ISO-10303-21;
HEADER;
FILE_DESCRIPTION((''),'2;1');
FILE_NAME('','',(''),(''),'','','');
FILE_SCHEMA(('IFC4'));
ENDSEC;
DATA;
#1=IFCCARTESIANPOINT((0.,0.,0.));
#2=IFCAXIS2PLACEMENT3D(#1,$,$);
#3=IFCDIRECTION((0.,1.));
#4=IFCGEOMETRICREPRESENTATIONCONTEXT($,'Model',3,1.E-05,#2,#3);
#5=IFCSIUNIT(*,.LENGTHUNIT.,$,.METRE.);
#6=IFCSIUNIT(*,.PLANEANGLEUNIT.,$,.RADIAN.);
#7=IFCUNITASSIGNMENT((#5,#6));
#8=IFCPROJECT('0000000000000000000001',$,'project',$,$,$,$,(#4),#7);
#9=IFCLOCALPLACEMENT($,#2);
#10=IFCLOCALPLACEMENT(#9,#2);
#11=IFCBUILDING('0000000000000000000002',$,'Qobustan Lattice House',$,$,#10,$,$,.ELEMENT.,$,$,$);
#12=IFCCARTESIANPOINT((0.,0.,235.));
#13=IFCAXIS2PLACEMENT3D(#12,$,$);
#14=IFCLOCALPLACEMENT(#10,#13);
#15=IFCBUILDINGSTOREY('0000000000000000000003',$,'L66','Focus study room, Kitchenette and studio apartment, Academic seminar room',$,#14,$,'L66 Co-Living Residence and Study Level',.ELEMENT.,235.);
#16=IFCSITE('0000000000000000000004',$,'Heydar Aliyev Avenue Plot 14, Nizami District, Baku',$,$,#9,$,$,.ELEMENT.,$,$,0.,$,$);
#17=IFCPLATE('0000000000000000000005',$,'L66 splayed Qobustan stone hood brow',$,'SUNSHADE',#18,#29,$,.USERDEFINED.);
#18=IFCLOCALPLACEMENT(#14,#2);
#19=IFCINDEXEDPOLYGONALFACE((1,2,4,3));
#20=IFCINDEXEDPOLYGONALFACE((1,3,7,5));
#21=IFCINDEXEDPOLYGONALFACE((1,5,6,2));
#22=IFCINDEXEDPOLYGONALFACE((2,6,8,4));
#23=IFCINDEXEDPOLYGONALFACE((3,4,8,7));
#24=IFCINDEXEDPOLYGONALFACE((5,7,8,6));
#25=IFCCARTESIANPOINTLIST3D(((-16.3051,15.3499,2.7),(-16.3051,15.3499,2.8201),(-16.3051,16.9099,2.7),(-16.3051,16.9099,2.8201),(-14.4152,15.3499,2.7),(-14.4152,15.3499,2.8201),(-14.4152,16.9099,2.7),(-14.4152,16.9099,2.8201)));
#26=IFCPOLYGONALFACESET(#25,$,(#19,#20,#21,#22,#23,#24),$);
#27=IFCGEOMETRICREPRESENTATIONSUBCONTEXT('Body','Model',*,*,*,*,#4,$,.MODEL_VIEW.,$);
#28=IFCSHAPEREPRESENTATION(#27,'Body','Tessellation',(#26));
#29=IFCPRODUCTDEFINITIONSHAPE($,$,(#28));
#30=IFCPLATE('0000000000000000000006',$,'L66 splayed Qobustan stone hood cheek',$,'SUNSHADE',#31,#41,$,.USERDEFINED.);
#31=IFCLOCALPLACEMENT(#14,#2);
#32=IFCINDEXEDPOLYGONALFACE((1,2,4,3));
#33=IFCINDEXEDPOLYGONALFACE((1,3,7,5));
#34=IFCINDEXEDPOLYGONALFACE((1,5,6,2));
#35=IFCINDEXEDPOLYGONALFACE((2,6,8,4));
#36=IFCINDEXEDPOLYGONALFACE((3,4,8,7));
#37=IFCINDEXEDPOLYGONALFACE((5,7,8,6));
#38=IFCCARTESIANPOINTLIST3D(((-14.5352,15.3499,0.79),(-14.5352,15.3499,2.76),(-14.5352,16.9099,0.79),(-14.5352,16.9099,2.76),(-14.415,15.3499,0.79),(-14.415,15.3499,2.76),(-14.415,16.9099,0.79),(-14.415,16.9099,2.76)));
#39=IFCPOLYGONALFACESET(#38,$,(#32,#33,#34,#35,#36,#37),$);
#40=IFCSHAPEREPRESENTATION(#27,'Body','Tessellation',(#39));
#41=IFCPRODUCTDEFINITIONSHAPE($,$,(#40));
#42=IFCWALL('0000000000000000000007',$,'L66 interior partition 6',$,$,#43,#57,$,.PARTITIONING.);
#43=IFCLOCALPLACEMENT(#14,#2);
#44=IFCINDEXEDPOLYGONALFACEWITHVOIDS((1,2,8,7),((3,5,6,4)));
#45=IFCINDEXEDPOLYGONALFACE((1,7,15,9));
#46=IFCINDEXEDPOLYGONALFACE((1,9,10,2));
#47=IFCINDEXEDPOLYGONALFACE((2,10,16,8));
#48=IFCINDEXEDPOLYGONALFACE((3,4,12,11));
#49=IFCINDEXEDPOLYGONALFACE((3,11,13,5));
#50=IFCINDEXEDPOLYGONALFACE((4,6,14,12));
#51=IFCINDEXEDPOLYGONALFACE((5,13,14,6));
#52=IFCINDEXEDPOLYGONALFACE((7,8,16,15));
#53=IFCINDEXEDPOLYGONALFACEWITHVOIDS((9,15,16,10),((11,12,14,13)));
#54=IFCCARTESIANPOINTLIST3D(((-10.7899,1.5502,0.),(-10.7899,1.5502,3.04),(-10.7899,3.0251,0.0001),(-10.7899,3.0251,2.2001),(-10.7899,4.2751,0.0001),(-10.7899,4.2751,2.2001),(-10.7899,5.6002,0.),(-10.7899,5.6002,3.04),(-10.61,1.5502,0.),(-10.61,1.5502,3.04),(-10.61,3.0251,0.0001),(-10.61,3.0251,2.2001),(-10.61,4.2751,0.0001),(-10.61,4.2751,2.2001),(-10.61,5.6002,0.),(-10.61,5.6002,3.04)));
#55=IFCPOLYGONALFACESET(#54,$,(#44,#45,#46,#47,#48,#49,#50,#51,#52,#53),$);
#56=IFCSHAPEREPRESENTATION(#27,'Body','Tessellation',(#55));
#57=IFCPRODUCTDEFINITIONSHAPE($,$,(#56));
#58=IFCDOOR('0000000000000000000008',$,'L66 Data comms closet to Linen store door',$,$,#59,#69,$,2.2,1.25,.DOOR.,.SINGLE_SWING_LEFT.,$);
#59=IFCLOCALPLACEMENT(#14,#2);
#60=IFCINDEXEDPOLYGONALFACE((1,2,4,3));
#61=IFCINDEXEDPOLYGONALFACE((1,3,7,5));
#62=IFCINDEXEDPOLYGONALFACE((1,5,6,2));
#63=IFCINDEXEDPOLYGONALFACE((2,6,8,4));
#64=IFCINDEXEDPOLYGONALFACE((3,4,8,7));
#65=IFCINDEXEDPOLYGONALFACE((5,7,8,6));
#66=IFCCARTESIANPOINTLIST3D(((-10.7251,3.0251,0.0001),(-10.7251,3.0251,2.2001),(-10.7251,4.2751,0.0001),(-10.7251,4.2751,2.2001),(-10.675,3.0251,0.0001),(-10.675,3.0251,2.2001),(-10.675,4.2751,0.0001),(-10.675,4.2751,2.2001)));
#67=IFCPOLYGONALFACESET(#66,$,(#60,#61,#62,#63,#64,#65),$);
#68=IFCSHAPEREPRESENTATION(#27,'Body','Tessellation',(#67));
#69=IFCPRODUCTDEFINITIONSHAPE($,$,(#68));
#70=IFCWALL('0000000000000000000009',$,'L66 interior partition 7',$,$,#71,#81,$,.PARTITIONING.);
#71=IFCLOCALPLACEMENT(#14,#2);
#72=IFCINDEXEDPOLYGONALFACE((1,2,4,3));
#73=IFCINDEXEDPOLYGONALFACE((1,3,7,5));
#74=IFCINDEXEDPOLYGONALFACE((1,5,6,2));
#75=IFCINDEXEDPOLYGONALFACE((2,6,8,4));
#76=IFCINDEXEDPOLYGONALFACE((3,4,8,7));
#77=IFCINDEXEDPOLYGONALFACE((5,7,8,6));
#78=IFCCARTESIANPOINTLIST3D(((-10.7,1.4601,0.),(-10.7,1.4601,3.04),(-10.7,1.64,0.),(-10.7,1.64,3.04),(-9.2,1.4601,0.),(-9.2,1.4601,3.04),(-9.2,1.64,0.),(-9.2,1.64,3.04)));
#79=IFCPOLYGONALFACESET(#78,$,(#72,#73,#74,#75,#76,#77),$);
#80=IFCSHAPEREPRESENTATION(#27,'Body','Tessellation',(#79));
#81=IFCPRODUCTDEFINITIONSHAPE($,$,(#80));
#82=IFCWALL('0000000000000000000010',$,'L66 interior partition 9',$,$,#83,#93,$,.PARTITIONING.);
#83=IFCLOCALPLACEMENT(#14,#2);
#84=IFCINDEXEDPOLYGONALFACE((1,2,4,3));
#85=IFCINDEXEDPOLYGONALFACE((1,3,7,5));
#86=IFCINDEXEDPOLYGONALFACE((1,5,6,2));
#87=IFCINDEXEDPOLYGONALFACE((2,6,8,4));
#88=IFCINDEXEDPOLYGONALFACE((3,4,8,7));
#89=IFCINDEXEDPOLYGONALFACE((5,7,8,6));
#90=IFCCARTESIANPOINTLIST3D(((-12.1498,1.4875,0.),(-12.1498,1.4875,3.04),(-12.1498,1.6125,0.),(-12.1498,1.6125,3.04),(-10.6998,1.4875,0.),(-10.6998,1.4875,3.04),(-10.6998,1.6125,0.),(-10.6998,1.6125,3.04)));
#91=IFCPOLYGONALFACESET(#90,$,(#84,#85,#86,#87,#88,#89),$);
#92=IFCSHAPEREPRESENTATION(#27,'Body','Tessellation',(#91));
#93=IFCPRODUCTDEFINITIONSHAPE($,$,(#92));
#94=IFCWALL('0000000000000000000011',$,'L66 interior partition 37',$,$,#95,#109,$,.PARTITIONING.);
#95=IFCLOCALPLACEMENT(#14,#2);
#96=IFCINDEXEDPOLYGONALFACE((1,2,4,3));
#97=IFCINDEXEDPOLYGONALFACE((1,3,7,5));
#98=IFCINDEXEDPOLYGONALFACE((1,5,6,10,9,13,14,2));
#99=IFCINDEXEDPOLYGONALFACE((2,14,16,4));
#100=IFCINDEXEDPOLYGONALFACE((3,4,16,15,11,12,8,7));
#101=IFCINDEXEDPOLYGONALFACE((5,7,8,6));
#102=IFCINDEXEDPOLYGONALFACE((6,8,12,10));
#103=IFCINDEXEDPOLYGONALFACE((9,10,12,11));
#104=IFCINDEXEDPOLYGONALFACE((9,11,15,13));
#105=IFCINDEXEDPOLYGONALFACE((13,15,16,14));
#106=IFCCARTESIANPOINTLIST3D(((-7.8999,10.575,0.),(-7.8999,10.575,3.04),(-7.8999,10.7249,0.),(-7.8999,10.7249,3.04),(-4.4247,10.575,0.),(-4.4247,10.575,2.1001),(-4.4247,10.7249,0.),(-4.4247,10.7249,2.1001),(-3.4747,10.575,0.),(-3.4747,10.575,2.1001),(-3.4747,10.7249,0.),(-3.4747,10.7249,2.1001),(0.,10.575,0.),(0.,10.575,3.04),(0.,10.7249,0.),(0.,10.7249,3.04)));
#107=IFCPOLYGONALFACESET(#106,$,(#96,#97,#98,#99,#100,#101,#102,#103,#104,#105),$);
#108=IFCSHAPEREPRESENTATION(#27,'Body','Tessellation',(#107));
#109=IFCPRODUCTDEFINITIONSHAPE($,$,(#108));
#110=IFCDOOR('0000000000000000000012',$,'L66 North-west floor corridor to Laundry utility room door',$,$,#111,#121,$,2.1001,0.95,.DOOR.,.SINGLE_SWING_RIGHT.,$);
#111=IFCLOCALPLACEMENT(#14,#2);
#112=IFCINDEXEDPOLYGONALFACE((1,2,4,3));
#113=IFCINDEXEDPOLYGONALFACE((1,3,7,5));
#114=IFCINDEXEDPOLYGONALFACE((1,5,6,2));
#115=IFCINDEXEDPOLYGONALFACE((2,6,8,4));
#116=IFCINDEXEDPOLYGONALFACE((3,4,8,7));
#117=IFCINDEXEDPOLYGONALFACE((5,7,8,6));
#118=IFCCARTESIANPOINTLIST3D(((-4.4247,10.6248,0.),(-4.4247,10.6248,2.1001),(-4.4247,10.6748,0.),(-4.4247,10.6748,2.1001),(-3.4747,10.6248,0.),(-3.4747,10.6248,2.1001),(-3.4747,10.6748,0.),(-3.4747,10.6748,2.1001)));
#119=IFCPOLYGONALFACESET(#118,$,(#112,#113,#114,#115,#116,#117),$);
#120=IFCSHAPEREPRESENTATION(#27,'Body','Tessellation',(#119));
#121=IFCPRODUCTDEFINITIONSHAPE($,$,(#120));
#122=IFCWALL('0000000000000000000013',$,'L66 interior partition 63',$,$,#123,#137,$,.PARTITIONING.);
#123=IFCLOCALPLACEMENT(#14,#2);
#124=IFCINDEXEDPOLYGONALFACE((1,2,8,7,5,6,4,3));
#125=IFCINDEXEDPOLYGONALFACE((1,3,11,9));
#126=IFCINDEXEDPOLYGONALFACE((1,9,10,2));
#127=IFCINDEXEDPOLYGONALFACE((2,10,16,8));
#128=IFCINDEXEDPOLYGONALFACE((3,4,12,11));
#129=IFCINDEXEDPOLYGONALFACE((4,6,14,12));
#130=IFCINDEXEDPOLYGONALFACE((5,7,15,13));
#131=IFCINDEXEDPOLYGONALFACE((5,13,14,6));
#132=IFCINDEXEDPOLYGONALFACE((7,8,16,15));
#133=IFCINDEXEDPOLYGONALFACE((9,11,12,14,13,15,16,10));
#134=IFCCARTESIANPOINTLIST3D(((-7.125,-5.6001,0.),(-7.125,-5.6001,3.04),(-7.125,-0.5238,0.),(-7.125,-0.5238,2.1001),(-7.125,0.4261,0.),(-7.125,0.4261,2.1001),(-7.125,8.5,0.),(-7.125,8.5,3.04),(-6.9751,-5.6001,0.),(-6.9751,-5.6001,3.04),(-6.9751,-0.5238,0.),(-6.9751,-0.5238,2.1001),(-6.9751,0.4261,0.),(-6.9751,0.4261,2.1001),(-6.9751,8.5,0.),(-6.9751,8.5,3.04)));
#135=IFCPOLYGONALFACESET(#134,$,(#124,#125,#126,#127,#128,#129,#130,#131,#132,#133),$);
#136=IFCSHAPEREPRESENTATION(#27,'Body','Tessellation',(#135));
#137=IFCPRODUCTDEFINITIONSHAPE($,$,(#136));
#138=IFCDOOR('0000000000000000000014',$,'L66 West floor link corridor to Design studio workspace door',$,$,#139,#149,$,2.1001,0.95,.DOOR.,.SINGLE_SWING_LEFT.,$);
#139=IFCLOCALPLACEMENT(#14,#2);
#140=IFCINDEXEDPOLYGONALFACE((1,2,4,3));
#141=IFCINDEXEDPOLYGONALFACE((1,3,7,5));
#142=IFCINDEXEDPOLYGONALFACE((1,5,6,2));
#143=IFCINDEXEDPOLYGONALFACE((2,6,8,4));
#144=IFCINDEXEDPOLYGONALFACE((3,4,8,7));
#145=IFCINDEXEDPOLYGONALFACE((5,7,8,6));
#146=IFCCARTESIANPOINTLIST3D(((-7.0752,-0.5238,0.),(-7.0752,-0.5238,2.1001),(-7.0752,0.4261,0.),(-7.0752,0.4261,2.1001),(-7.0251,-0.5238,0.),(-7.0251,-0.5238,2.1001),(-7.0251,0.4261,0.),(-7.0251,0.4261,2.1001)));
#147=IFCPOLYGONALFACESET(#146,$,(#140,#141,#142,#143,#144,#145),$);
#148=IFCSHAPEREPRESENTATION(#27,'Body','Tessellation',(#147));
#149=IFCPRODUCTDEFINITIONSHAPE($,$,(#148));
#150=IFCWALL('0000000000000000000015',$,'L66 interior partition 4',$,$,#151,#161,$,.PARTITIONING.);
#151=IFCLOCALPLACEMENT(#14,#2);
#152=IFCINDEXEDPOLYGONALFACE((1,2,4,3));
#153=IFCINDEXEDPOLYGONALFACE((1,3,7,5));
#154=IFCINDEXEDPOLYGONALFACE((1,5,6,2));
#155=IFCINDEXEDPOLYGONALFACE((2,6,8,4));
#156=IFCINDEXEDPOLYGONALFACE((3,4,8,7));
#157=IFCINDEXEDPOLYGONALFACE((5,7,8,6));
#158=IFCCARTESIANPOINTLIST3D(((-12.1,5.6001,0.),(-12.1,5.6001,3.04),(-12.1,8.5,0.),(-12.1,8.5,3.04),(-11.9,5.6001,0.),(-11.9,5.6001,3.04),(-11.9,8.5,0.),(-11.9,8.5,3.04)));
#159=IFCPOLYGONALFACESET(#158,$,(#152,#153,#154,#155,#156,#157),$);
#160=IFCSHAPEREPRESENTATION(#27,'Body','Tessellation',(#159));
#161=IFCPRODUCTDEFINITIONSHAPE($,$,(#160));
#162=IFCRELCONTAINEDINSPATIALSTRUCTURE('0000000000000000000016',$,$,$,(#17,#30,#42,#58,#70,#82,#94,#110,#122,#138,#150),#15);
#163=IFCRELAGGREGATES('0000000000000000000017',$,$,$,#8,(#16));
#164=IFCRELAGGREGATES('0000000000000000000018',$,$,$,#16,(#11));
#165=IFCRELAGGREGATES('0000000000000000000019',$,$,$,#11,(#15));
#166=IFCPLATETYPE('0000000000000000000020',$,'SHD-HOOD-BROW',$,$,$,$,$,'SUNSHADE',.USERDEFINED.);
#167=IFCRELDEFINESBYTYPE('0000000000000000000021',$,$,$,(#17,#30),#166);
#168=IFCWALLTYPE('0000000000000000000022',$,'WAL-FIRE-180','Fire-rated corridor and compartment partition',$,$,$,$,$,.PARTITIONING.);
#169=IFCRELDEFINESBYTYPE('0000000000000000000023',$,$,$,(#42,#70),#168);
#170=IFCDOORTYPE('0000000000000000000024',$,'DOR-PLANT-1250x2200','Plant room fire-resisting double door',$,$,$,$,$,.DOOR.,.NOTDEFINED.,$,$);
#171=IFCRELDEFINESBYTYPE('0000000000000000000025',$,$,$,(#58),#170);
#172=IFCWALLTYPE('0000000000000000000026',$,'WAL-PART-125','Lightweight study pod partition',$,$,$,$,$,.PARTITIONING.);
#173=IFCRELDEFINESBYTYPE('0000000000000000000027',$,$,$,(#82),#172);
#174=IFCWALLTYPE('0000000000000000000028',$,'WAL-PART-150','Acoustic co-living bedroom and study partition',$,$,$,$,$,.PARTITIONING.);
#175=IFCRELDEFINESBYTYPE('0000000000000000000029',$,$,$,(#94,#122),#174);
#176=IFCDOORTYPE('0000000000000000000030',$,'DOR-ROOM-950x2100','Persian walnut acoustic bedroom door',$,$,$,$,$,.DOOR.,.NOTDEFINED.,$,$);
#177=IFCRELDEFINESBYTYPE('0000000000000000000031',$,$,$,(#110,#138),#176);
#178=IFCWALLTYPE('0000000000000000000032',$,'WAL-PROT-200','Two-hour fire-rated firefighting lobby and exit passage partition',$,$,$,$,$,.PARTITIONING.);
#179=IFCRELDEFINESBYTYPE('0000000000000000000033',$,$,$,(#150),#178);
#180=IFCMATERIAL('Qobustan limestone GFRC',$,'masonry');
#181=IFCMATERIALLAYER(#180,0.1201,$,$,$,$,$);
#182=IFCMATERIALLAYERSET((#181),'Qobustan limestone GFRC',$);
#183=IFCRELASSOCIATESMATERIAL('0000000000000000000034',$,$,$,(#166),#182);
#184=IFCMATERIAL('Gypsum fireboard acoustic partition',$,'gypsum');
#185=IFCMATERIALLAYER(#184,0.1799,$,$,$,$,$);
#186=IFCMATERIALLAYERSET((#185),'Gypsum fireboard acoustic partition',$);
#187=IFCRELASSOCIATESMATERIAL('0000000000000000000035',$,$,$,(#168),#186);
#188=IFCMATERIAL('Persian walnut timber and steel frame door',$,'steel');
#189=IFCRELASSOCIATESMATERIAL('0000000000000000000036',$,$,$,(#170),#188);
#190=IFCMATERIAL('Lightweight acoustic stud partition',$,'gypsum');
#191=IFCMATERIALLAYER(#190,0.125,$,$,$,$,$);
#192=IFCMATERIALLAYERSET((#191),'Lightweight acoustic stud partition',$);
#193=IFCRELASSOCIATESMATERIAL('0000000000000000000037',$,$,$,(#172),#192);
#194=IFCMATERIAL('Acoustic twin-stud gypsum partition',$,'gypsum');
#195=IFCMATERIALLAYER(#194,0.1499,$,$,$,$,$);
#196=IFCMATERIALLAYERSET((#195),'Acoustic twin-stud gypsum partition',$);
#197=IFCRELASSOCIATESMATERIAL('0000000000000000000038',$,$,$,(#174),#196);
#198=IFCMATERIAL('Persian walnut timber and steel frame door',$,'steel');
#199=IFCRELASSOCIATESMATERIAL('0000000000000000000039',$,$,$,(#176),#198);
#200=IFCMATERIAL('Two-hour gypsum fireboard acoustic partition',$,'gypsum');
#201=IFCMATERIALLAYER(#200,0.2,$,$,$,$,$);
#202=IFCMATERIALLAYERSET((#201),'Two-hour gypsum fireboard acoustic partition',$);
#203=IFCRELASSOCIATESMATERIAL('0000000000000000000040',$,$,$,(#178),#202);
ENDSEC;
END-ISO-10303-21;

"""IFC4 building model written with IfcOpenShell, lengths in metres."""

from ifc_helpers import new_model, si_unit, direction, frame, frame_2d, origin, origin_2d, place, context, subcontext, project, spatial, rectangle, extrude, material, layer, layer_set, type_object, element, fill, save


model = new_model("IFC4")

# Units and contexts
model_context = context("Model", 3, precision=1e-05, world=origin(), true_north=direction((0.0, 1.0)))
body_context = subcontext(model_context, "Body", "Model", "MODEL_VIEW")
ifc_project = project(units=[si_unit("LENGTHUNIT", "METRE"), si_unit("PLANEANGLEUNIT", "RADIAN")], contexts=[model_context])

# Site, building, storey
site_placement = place(None, origin())
site = spatial("IfcSite", under=ifc_project, at=site_placement, Name="Heydar Aliyev Avenue Plot 14, Nizami District, Baku", CompositionType="ELEMENT", RefElevation=0.0)
building_placement = place(site_placement, origin())
building = spatial("IfcBuilding", under=site, at=building_placement, Name="Qobustan Lattice House", CompositionType="ELEMENT")
storey_placement = place(building_placement, frame((0.0, 0.0, 235.0)))
storey = spatial("IfcBuildingStorey", under=building, at=storey_placement, Name="L66", Description="Focus study room, Kitchenette and studio apartment, Academic seminar room", LongName="L66 Co-Living Residence and Study Level", CompositionType="ELEMENT", Elevation=235.0)

# Plates
ifc_material_1 = material(Name="Qobustan limestone GFRC", Category="masonry")
ifc_layer_1 = layer(ifc_material_1, 0.1201)
ifc_layer_set_1 = layer_set([ifc_layer_1], Name="Qobustan limestone GFRC")
plate_type = type_object("IfcPlateType", Name="SHD-HOOD-BROW", ElementType="SUNSHADE", PredefinedType="USERDEFINED", material=ifc_layer_set_1)
plate_1_placement = place(storey_placement, frame((-15.3601, 16.1299, 2.7), z_axis=(0.0, 0.0, 1.0), x_axis=(1.0, 0.0, 0.0)))
element("IfcPlate", 1, at=plate_1_placement, inside=storey, type_object=plate_type, Name="L66 splayed Qobustan stone hood brow", ObjectType="SUNSHADE", PredefinedType="USERDEFINED", context=body_context, shape_type="SweptSolid", body=[
    extrude(rectangle(XDim=1.8899, YDim=1.5601, at=origin_2d()), origin(), (0.0, 0.0, 1.0), 0.1201),
])
plate_2_placement = place(storey_placement, frame((-14.4751, 16.1299, 0.79), z_axis=(0.0, 0.0, 1.0), x_axis=(1.0, 0.0, 0.0)))
element("IfcPlate", 2, at=plate_2_placement, inside=storey, type_object=plate_type, Name="L66 splayed Qobustan stone hood cheek", ObjectType="SUNSHADE", PredefinedType="USERDEFINED", context=body_context, shape_type="SweptSolid", body=[
    extrude(rectangle(XDim=0.1201, YDim=1.5601, at=origin_2d()), origin(), (0.0, 0.0, 1.0), 1.97),
])

# Wall, opening, door
ifc_material_2 = material(Name="Gypsum fireboard acoustic partition", Category="gypsum")
ifc_layer_2 = layer(ifc_material_2, 0.1799)
ifc_layer_set_2 = layer_set([ifc_layer_2], Name="Gypsum fireboard acoustic partition")
wall_type_1 = type_object("IfcWallType", Name="WAL-FIRE-180", Description="Fire-rated corridor and compartment partition", PredefinedType="PARTITIONING", material=ifc_layer_set_2)
wall_1_placement = place(storey_placement, frame((-10.7, 5.6001, 0.0), z_axis=(0.0, 0.0, 1.0), x_axis=(0.0, -1.0, 0.0)))
wall_1 = element("IfcWall", 3, at=wall_1_placement, inside=storey, type_object=wall_type_1, Name="L66 interior partition 6", PredefinedType="PARTITIONING", context=body_context, shape_type="SweptSolid", body=[
    extrude(rectangle(XDim=4.05, YDim=0.1799, at=frame_2d((2.0249, 0.0))), origin(), (0.0, 0.0, 1.0), 3.04),
])
opening_1_placement = place(wall_1_placement, frame((1.325, 0.0, 0.0)))
opening_1 = element("IfcOpeningElement", 4, at=opening_1_placement, cuts=wall_1, PredefinedType="OPENING", context=body_context, shape_type="SweptSolid", body=[
    extrude(rectangle(XDim=1.25, YDim=2.2, at=frame_2d((0.625, 1.1001))), frame((0.0, 0.0999, 0.0), z_axis=(0.0, -1.0, 0.0), x_axis=(1.0, 0.0, 0.0)), (0.0, 0.0, 1.0), 0.2),
])
ifc_material_3 = material(Name="Persian walnut timber and steel frame door", Category="steel")
door_type_1 = type_object("IfcDoorType", Name="DOR-PLANT-1250x2200", Description="Plant room fire-resisting double door", OperationType="NOTDEFINED", PredefinedType="DOOR", material=ifc_material_3)
door_1_placement = place(opening_1_placement, origin())
door_1 = element("IfcDoor", 5, at=door_1_placement, inside=storey, type_object=door_type_1, Name="L66 Data comms closet to Linen store door", OperationType="SINGLE_SWING_LEFT", OverallHeight=2.2, OverallWidth=1.25, PredefinedType="DOOR", context=body_context, shape_type="SweptSolid", body=[
    extrude(rectangle(XDim=1.25, YDim=2.2, at=frame_2d((0.625, 1.1001))), frame((0.0, 0.0249, 0.0), z_axis=(0.0, -1.0, 0.0), x_axis=(1.0, 0.0, 0.0)), (0.0, 0.0, 1.0), 0.05),
])
fill(opening_1, door_1)

# Walls
wall_2_placement = place(storey_placement, frame((-10.7, 1.55, 0.0), z_axis=(0.0, 0.0, 1.0), x_axis=(1.0, 0.0, 0.0)))
element("IfcWall", 6, at=wall_2_placement, inside=storey, type_object=wall_type_1, Name="L66 interior partition 7", PredefinedType="PARTITIONING", context=body_context, shape_type="SweptSolid", body=[
    extrude(rectangle(XDim=1.5, YDim=0.1799, at=frame_2d((0.75, 0.0))), origin(), (0.0, 0.0, 1.0), 3.04),
])
ifc_material_4 = material(Name="Lightweight acoustic stud partition", Category="gypsum")
ifc_layer_3 = layer(ifc_material_4, 0.125)
ifc_layer_set_3 = layer_set([ifc_layer_3], Name="Lightweight acoustic stud partition")
wall_type_2 = type_object("IfcWallType", Name="WAL-PART-125", Description="Lightweight study pod partition", PredefinedType="PARTITIONING", material=ifc_layer_set_3)
wall_3_placement = place(storey_placement, frame((-12.1499, 1.55, 0.0), z_axis=(0.0, 0.0, 1.0), x_axis=(1.0, 0.0, 0.0)))
element("IfcWall", 7, at=wall_3_placement, inside=storey, type_object=wall_type_2, Name="L66 interior partition 9", PredefinedType="PARTITIONING", context=body_context, shape_type="SweptSolid", body=[
    extrude(rectangle(XDim=1.45, YDim=0.125, at=frame_2d((0.7251, 0.0))), origin(), (0.0, 0.0, 1.0), 3.04),
])

# Walls, openings, doors
ifc_material_5 = material(Name="Acoustic twin-stud gypsum partition", Category="gypsum")
ifc_layer_4 = layer(ifc_material_5, 0.1499)
ifc_layer_set_4 = layer_set([ifc_layer_4], Name="Acoustic twin-stud gypsum partition")
wall_type_3 = type_object("IfcWallType", Name="WAL-PART-150", Description="Acoustic co-living bedroom and study partition", PredefinedType="PARTITIONING", material=ifc_layer_set_4)
wall_4_placement = place(storey_placement, frame((-7.8999, 10.6499, 0.0), z_axis=(0.0, 0.0, 1.0), x_axis=(1.0, 0.0, 0.0)))
wall_4 = element("IfcWall", 8, at=wall_4_placement, inside=storey, type_object=wall_type_3, Name="L66 interior partition 37", PredefinedType="PARTITIONING", context=body_context, shape_type="SweptSolid", body=[
    extrude(rectangle(XDim=7.8999, YDim=0.1499, at=frame_2d((3.95, 0.0))), origin(), (0.0, 0.0, 1.0), 3.04),
])
opening_2_placement = place(wall_4_placement, frame((3.4751, 0.0, 0.0)))
opening_2 = element("IfcOpeningElement", 9, at=opening_2_placement, cuts=wall_4, PredefinedType="OPENING", context=body_context, shape_type="SweptSolid", body=[
    extrude(rectangle(XDim=0.95, YDim=2.1001, at=frame_2d((0.4751, 1.05))), frame((0.0, 0.085, 0.0), z_axis=(0.0, -1.0, 0.0), x_axis=(1.0, 0.0, 0.0)), (0.0, 0.0, 1.0), 0.1699),
])
ifc_material_6 = material(Name="Persian walnut timber and steel frame door", Category="steel")
door_type_2 = type_object("IfcDoorType", Name="DOR-ROOM-950x2100", Description="Persian walnut acoustic bedroom door", OperationType="NOTDEFINED", PredefinedType="DOOR", material=ifc_material_6)
door_2_placement = place(opening_2_placement, origin())
door_2 = element("IfcDoor", 10, at=door_2_placement, inside=storey, type_object=door_type_2, Name="L66 North-west floor corridor to Laundry utility room door", OperationType="SINGLE_SWING_RIGHT", OverallHeight=2.1001, OverallWidth=0.95, PredefinedType="DOOR", context=body_context, shape_type="SweptSolid", body=[
    extrude(rectangle(XDim=0.95, YDim=2.1001, at=frame_2d((0.4751, 1.05))), frame((0.0, 0.0249, 0.0), z_axis=(0.0, -1.0, 0.0), x_axis=(1.0, 0.0, 0.0)), (0.0, 0.0, 1.0), 0.05),
])
fill(opening_2, door_2)
wall_5_placement = place(storey_placement, frame((-7.05, 8.5, 0.0), z_axis=(0.0, 0.0, 1.0), x_axis=(0.0, -1.0, 0.0)))
wall_5 = element("IfcWall", 11, at=wall_5_placement, inside=storey, type_object=wall_type_3, Name="L66 interior partition 63", PredefinedType="PARTITIONING", context=body_context, shape_type="SweptSolid", body=[
    extrude(rectangle(XDim=14.1001, YDim=0.1499, at=frame_2d((7.05, 0.0))), origin(), (0.0, 0.0, 1.0), 3.04),
])
opening_3_placement = place(wall_5_placement, frame((8.0737, 0.0, 0.0)))
opening_3 = element("IfcOpeningElement", 12, at=opening_3_placement, cuts=wall_5, PredefinedType="OPENING", context=body_context, shape_type="SweptSolid", body=[
    extrude(rectangle(XDim=0.95, YDim=2.1001, at=frame_2d((0.4751, 1.05))), frame((0.0, 0.085, 0.0), z_axis=(0.0, -1.0, 0.0), x_axis=(1.0, 0.0, 0.0)), (0.0, 0.0, 1.0), 0.1699),
])
door_3_placement = place(opening_3_placement, origin())
door_3 = element("IfcDoor", 13, at=door_3_placement, inside=storey, type_object=door_type_2, Name="L66 West floor link corridor to Design studio workspace door", OperationType="SINGLE_SWING_LEFT", OverallHeight=2.1001, OverallWidth=0.95, PredefinedType="DOOR", context=body_context, shape_type="SweptSolid", body=[
    extrude(rectangle(XDim=0.95, YDim=2.1001, at=frame_2d((0.4751, 1.05))), frame((0.0, 0.0249, 0.0), z_axis=(0.0, -1.0, 0.0), x_axis=(1.0, 0.0, 0.0)), (0.0, 0.0, 1.0), 0.05),
])
fill(opening_3, door_3)
ifc_material_7 = material(Name="Two-hour gypsum fireboard acoustic partition", Category="gypsum")
ifc_layer_5 = layer(ifc_material_7, 0.2)
ifc_layer_set_5 = layer_set([ifc_layer_5], Name="Two-hour gypsum fireboard acoustic partition")
wall_type_4 = type_object("IfcWallType", Name="WAL-PROT-200", Description="Two-hour fire-rated firefighting lobby and exit passage partition", PredefinedType="PARTITIONING", material=ifc_layer_set_5)

# Wall
wall_6_placement = place(storey_placement, frame((-12.0, 5.6001, 0.0), z_axis=(0.0, 0.0, 1.0), x_axis=(0.0, 1.0, 0.0)))
element("IfcWall", 14, at=wall_6_placement, inside=storey, type_object=wall_type_4, Name="L66 interior partition 4", PredefinedType="PARTITIONING", context=body_context, shape_type="SweptSolid", body=[
    extrude(rectangle(XDim=2.8999, YDim=0.2, at=frame_2d((1.45, 0.0))), origin(), (0.0, 0.0, 1.0), 3.04),
])

save(model, "model.ifc")
